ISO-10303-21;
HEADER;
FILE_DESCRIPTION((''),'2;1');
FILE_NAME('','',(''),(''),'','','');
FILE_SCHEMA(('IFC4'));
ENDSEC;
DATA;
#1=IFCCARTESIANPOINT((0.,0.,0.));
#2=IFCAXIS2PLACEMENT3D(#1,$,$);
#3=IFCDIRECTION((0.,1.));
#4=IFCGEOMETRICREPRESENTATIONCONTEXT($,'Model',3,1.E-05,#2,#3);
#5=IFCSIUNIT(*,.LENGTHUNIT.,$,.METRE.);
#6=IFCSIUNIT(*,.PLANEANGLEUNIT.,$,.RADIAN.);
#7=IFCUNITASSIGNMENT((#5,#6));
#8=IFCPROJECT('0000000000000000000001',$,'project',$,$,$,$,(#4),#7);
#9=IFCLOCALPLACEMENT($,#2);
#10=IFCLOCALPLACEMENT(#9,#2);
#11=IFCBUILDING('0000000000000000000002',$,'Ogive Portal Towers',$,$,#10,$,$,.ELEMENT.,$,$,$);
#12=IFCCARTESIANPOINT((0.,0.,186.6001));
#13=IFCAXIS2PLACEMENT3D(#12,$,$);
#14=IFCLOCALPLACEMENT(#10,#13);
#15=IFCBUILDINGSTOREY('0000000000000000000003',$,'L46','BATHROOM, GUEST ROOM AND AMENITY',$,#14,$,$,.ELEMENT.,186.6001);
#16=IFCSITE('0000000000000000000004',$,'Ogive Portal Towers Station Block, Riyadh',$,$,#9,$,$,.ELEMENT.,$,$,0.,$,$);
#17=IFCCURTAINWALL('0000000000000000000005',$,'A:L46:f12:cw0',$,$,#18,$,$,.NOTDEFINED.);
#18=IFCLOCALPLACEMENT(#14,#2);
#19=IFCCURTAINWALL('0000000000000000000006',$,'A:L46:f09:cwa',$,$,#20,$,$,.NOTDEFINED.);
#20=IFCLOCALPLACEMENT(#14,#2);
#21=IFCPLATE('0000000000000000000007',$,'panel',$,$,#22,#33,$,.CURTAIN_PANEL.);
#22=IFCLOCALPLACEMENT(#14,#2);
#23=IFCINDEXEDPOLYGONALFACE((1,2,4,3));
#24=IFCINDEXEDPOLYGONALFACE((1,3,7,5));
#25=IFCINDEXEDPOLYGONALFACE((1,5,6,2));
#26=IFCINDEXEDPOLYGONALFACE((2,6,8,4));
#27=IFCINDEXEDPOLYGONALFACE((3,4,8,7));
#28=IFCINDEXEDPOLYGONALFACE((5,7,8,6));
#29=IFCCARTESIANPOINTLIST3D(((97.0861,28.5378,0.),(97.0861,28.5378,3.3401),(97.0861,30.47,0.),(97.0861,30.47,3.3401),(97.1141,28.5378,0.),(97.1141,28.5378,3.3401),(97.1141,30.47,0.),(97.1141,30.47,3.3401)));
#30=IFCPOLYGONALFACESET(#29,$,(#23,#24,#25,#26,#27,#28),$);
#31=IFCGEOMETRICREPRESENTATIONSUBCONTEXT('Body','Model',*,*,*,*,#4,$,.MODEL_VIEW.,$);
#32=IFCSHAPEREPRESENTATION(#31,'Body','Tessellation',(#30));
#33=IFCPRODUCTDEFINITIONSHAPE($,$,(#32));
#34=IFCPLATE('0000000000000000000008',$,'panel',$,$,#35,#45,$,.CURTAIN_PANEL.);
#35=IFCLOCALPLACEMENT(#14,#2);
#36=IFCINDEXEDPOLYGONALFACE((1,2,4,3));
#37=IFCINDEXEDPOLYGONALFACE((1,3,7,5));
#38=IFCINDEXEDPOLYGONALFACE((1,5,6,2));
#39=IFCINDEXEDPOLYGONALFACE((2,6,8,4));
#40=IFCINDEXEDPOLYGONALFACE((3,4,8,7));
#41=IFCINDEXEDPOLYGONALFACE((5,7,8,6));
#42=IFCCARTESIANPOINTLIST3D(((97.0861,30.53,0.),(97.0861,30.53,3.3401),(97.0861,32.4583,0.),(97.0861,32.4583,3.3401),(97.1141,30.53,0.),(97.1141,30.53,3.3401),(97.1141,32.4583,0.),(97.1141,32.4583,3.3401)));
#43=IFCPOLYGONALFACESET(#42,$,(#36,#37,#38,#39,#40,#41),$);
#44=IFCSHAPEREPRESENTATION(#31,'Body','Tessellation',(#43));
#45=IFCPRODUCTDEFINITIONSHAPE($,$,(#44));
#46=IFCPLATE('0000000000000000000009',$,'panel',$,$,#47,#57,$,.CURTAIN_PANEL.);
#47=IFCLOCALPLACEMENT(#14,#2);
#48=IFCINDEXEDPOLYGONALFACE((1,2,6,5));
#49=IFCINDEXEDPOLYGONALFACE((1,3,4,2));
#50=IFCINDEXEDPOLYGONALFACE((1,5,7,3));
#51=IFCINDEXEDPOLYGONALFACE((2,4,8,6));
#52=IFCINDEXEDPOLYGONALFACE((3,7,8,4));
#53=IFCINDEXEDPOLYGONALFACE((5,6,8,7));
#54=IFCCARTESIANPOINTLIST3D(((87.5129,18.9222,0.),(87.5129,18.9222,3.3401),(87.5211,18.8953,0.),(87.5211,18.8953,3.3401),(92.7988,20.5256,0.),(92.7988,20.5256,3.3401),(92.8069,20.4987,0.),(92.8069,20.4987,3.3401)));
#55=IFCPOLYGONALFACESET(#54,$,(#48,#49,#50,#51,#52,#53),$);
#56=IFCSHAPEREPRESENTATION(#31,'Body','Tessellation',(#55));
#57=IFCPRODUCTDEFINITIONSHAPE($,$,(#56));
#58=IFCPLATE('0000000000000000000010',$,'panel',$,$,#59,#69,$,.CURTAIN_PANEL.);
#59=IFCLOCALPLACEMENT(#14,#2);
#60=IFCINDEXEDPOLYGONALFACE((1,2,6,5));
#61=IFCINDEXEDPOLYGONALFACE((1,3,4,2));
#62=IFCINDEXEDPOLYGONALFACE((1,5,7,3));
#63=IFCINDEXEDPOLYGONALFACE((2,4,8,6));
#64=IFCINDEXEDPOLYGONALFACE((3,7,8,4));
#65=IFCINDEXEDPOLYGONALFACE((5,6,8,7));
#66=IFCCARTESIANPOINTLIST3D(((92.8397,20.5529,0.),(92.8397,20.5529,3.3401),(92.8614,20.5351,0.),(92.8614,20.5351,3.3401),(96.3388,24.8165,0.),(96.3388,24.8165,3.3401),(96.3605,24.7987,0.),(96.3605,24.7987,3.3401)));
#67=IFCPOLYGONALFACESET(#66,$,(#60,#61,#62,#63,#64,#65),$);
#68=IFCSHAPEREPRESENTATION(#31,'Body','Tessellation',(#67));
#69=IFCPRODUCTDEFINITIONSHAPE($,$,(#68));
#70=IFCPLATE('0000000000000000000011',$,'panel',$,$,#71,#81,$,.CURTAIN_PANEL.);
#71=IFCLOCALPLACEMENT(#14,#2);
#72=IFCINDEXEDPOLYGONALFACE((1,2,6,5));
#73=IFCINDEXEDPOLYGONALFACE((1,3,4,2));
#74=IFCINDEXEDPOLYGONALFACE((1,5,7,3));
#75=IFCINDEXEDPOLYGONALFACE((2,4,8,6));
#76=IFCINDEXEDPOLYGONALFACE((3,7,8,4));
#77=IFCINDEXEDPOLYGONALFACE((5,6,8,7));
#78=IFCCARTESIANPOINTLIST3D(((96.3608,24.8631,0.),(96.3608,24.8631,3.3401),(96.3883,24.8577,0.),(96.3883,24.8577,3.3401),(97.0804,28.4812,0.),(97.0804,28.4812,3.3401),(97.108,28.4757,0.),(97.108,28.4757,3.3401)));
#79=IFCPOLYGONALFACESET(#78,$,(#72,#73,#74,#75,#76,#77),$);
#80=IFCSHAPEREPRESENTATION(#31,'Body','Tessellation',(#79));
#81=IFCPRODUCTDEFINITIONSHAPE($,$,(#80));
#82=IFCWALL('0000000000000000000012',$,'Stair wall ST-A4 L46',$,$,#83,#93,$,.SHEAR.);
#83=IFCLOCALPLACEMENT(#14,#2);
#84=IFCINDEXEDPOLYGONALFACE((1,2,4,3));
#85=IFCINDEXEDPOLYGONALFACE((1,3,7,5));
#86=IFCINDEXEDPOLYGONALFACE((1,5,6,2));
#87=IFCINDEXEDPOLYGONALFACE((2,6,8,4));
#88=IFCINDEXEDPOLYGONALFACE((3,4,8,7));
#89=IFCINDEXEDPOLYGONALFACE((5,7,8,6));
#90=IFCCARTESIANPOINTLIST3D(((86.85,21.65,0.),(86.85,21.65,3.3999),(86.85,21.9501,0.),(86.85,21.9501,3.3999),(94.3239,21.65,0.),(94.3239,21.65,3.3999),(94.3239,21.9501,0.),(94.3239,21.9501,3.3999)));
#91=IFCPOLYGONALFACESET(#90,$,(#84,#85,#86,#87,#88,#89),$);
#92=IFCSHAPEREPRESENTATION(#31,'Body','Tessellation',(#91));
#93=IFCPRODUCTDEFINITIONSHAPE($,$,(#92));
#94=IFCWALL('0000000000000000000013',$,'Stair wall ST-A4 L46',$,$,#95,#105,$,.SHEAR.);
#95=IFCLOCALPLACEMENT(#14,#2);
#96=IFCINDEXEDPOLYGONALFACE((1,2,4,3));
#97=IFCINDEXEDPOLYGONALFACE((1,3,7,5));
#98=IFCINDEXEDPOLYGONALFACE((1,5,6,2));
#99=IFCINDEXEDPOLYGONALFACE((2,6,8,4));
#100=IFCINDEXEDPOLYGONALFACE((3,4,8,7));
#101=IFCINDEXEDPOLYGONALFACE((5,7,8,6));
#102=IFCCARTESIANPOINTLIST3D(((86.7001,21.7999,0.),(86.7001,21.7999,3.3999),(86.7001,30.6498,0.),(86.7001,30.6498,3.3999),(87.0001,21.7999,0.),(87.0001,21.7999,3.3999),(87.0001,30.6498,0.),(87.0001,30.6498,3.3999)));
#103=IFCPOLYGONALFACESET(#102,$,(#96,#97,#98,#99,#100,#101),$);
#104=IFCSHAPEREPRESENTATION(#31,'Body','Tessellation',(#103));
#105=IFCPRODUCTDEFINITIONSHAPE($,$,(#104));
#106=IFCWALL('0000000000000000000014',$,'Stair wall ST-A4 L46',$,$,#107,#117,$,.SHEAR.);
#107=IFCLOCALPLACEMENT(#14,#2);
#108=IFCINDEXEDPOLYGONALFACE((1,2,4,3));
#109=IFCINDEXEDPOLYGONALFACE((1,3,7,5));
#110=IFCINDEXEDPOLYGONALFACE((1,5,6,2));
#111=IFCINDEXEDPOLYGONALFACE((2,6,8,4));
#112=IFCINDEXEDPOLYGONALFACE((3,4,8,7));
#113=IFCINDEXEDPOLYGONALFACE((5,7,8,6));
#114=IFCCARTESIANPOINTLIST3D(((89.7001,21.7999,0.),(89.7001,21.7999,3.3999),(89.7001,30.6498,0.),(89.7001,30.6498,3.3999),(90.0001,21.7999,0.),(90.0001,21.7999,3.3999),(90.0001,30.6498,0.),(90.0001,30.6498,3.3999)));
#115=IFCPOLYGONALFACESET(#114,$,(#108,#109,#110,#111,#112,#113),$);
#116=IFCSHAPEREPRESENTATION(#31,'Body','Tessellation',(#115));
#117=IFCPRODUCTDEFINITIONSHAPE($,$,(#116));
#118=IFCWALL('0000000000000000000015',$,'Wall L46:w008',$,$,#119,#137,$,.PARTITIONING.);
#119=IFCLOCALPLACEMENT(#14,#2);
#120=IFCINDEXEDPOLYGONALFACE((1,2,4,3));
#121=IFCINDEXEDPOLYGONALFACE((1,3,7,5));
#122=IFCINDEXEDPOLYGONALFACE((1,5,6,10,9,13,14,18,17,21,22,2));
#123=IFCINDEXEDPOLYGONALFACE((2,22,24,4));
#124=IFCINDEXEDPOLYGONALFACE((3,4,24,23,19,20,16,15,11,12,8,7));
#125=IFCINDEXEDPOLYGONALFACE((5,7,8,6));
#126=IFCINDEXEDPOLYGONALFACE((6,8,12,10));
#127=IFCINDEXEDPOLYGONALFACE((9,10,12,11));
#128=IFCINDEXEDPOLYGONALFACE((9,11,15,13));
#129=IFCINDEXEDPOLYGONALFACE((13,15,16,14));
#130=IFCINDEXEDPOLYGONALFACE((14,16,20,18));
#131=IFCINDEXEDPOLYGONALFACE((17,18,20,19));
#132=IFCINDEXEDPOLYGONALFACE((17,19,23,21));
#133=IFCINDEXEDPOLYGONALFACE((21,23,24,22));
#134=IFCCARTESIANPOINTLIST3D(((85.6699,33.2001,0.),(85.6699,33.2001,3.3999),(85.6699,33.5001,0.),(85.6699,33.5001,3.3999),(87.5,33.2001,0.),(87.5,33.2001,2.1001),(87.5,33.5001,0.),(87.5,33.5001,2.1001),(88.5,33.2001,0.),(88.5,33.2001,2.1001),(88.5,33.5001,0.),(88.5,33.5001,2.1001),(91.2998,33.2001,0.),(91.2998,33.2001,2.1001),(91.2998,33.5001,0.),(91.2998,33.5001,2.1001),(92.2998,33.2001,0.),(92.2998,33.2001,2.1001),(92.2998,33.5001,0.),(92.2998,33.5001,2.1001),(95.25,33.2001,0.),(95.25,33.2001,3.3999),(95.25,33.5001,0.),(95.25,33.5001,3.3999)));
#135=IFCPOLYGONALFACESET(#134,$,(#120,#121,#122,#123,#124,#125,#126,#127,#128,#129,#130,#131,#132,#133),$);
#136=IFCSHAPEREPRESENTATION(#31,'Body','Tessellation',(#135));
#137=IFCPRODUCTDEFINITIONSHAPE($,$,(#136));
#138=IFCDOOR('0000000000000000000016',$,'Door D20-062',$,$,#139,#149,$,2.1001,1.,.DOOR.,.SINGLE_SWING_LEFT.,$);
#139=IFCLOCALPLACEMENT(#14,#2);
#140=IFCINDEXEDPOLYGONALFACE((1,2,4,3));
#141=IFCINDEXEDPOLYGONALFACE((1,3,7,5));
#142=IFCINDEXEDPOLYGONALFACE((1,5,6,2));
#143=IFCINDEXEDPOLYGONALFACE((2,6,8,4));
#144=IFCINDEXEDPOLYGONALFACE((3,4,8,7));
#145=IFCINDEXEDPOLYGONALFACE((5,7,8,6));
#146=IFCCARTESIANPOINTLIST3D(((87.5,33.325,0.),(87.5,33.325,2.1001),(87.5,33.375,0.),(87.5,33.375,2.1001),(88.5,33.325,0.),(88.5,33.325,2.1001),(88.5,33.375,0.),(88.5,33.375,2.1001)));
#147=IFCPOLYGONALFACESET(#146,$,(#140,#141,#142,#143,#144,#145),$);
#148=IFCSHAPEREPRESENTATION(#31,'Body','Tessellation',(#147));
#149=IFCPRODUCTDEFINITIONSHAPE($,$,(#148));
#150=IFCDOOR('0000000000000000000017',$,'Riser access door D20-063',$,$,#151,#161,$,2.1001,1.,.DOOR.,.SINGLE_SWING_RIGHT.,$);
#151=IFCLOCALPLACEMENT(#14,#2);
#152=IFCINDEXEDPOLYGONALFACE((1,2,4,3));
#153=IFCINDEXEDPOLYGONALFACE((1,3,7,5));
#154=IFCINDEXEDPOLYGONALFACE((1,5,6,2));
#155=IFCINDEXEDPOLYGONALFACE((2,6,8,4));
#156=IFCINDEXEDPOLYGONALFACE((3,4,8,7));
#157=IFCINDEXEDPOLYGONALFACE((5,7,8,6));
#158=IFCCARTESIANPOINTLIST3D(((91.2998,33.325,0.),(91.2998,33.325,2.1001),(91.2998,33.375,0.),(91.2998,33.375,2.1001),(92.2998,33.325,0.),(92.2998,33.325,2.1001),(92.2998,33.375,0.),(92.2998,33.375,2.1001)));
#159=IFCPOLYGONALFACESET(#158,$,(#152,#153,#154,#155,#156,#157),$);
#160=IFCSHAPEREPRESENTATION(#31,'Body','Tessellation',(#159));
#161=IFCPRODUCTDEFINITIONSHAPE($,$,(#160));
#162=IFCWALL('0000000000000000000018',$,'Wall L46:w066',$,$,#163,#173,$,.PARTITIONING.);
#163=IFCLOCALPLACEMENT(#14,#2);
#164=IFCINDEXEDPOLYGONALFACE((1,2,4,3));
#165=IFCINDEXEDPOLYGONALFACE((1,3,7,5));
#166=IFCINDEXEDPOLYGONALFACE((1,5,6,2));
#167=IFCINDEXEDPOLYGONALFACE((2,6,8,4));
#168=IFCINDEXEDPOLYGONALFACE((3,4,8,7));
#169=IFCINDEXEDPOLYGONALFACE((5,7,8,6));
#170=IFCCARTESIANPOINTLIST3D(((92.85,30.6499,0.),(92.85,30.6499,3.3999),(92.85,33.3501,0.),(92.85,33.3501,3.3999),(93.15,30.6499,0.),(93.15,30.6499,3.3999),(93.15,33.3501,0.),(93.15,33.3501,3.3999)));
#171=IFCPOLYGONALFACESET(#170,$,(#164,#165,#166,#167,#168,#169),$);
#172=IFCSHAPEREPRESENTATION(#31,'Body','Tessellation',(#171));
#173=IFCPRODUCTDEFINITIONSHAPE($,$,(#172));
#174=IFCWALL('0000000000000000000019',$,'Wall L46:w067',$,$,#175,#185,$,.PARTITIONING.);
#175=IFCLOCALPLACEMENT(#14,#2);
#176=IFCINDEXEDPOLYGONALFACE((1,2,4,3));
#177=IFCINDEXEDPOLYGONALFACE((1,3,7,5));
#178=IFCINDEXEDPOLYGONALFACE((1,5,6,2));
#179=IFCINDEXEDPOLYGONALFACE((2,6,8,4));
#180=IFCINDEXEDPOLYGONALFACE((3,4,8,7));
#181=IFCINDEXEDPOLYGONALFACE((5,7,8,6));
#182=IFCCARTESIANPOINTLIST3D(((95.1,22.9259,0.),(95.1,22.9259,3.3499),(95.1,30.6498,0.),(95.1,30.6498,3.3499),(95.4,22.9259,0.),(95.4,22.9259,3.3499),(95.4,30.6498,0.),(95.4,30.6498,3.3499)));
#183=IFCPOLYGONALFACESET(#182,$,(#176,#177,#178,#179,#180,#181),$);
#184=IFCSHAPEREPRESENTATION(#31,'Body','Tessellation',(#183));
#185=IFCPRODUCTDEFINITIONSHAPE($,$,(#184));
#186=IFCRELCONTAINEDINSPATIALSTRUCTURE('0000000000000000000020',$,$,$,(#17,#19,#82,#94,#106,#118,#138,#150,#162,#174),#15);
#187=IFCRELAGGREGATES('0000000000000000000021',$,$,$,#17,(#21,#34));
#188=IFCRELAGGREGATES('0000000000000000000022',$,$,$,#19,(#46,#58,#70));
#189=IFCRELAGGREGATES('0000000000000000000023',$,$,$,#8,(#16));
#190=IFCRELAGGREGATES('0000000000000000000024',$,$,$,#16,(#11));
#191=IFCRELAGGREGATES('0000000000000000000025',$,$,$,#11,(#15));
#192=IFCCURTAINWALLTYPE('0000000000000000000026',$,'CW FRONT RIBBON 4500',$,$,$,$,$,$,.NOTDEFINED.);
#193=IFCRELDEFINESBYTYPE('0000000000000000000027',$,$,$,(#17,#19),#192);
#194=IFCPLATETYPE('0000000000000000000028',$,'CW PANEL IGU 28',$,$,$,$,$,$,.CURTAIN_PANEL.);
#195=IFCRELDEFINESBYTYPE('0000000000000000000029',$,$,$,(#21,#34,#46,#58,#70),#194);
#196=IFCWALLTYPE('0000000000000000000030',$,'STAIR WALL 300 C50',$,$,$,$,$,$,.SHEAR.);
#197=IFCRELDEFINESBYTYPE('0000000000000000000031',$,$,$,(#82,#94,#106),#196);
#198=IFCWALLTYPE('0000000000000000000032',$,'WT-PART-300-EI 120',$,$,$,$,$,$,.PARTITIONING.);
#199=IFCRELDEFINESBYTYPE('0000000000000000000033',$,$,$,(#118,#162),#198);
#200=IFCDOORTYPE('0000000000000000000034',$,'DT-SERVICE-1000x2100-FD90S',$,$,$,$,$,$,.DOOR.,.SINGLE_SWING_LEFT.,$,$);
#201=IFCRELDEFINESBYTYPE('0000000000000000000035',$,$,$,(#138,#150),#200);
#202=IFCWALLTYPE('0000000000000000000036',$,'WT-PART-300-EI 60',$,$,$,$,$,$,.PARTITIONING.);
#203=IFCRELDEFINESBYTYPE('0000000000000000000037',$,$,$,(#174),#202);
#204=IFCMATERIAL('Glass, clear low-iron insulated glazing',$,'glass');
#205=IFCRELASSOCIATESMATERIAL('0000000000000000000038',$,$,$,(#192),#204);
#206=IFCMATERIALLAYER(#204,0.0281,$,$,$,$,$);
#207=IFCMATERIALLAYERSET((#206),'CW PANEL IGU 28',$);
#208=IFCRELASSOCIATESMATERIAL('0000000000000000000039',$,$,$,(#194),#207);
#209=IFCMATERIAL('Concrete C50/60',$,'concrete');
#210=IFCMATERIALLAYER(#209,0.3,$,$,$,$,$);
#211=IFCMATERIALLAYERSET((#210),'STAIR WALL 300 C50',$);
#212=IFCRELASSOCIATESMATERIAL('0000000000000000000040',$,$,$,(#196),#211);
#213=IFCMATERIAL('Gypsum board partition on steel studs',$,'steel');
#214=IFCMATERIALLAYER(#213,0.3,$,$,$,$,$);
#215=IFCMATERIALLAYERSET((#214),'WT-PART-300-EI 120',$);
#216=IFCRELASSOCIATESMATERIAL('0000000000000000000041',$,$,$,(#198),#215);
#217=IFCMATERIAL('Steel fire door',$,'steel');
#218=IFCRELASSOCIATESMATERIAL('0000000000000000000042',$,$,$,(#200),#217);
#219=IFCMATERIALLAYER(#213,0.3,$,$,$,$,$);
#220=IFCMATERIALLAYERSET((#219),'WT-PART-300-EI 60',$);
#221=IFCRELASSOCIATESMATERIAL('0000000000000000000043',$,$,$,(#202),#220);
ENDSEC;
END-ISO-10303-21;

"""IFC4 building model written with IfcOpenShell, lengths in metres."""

from ifc_helpers import new_model, si_unit, direction, frame, frame_2d, origin, origin_2d, place, context, subcontext, project, spatial, rectangle, extrude, material, layer, layer_set, type_object, element, fill, aggregate, save


model = new_model("IFC4")

# Units and contexts
model_context = context("Model", 3, precision=1e-05, world=origin(), true_north=direction((0.0, 1.0)))
body_context = subcontext(model_context, "Body", "Model", "MODEL_VIEW")
ifc_project = project(units=[si_unit("LENGTHUNIT", "METRE"), si_unit("PLANEANGLEUNIT", "RADIAN")], contexts=[model_context])

# Site, building, storey
site_placement = place(None, origin())
site = spatial("IfcSite", under=ifc_project, at=site_placement, Name="Ogive Portal Towers Station Block, Riyadh", CompositionType="ELEMENT", RefElevation=0.0)
building_placement = place(site_placement, origin())
building = spatial("IfcBuilding", under=site, at=building_placement, Name="Ogive Portal Towers", CompositionType="ELEMENT")
storey_placement = place(building_placement, frame((0.0, 0.0, 186.6001)))
storey = spatial("IfcBuildingStorey", under=building, at=storey_placement, Name="L46", Description="BATHROOM, GUEST ROOM AND AMENITY", CompositionType="ELEMENT", Elevation=186.6001)

# Curtain walls
ifc_material_1 = material(Name="Glass, clear low-iron insulated glazing", Category="glass")
curtain_wall_type = type_object("IfcCurtainWallType", Name="CW FRONT RIBBON 4500", PredefinedType="NOTDEFINED", material=ifc_material_1)
curtain_wall_1_placement = place(storey_placement, origin())
curtain_wall_1 = element("IfcCurtainWall", 1, at=curtain_wall_1_placement, inside=storey, type_object=curtain_wall_type, Name="A:L46:f12:cw0", PredefinedType="NOTDEFINED")
curtain_wall_2_placement = place(storey_placement, origin())
curtain_wall_2 = element("IfcCurtainWall", 2, at=curtain_wall_2_placement, inside=storey, type_object=curtain_wall_type, Name="A:L46:f09:cwa", PredefinedType="NOTDEFINED")

# Plates
ifc_layer_1 = layer(ifc_material_1, 0.0281)
ifc_layer_set_1 = layer_set([ifc_layer_1], Name="CW PANEL IGU 28")
plate_type = type_object("IfcPlateType", Name="CW PANEL IGU 28", PredefinedType="CURTAIN_PANEL", material=ifc_layer_set_1)
plate_1_placement = place(storey_placement, frame((97.1001, 29.5039, 0.0), z_axis=(0.0, 0.0, 1.0), x_axis=(0.0, 1.0, 0.0)))
plate_1 = element("IfcPlate", 3, at=plate_1_placement, type_object=plate_type, Name="panel", PredefinedType="CURTAIN_PANEL", context=body_context, shape_type="SweptSolid", body=[
    extrude(rectangle(XDim=1.9321, YDim=0.0281, at=origin_2d()), origin(), (0.0, 0.0, 1.0), 3.3401),
])
plate_2_placement = place(storey_placement, frame((97.1001, 31.4941, 0.0), z_axis=(0.0, 0.0, 1.0), x_axis=(0.0, 1.0, 0.0)))
plate_2 = element("IfcPlate", 4, at=plate_2_placement, type_object=plate_type, Name="panel", PredefinedType="CURTAIN_PANEL", context=body_context, shape_type="SweptSolid", body=[
    extrude(rectangle(XDim=1.9282, YDim=0.0281, at=origin_2d()), origin(), (0.0, 0.0, 1.0), 3.3401),
])
aggregate(curtain_wall_1, [plate_1, plate_2])
plate_3_placement = place(storey_placement, frame((90.1599, 19.7104, 0.0), z_axis=(0.0, 0.0, 1.0), x_axis=(0.95694, 0.290285, 0.0)))
plate_3 = element("IfcPlate", 5, at=plate_3_placement, type_object=plate_type, Name="panel", PredefinedType="CURTAIN_PANEL", context=body_context, shape_type="SweptSolid", body=[
    extrude(rectangle(XDim=5.5237, YDim=0.0281, at=origin_2d()), origin(), (0.0, 0.0, 1.0), 3.3401),
])
plate_4_placement = place(storey_placement, frame((94.6001, 22.6758, 0.0), z_axis=(0.0, 0.0, 1.0), x_axis=(0.634393, 0.77301, 0.0)))
plate_4 = element("IfcPlate", 6, at=plate_4_placement, type_object=plate_type, Name="panel", PredefinedType="CURTAIN_PANEL", context=body_context, shape_type="SweptSolid", body=[
    extrude(rectangle(XDim=5.5156, YDim=0.0281, at=origin_2d()), origin(), (0.0, 0.0, 1.0), 3.3401),
])
plate_5_placement = place(storey_placement, frame((96.7344, 26.6694, 0.0), z_axis=(0.0, 0.0, 1.0), x_axis=(0.19509, 0.980785, 0.0)))
plate_5 = element("IfcPlate", 7, at=plate_5_placement, type_object=plate_type, Name="panel", PredefinedType="CURTAIN_PANEL", context=body_context, shape_type="SweptSolid", body=[
    extrude(rectangle(XDim=3.689, YDim=0.0281, at=origin_2d()), origin(), (0.0, 0.0, 1.0), 3.3401),
])
aggregate(curtain_wall_2, [plate_3, plate_4, plate_5])

# Walls
ifc_material_2 = material(Name="Concrete C50/60", Category="concrete")
ifc_layer_2 = layer(ifc_material_2, 0.3)
ifc_layer_set_2 = layer_set([ifc_layer_2], Name="STAIR WALL 300 C50")
wall_type_1 = type_object("IfcWallType", Name="STAIR WALL 300 C50", PredefinedType="SHEAR", material=ifc_layer_set_2)
wall_1_placement = place(storey_placement, frame((86.8501, 21.8, 0.0), z_axis=(0.0, 0.0, 1.0), x_axis=(1.0, 0.0, 0.0)))
element("IfcWall", 8, at=wall_1_placement, inside=storey, type_object=wall_type_1, Name="Stair wall ST-A4 L46", PredefinedType="SHEAR", context=body_context, shape_type="SweptSolid", body=[
    extrude(rectangle(XDim=7.4739, YDim=0.3, at=frame_2d((3.7368, 0.0))), origin(), (0.0, 0.0, 1.0), 3.3999),
])
for number, where, z_axis, x_axis, name in (
    (9, (86.8501, 21.8, 0.0), (0.0, 0.0, 1.0), (0.0, 1.0, 0.0), "Stair wall ST-A4 L46"),
    (10, (89.8501, 21.8, 0.0), (0.0, 0.0, 1.0), (0.0, 1.0, 0.0), "Stair wall ST-A4 L46"),
):
    element("IfcWall", number, at=place(storey_placement, frame(where, z_axis=z_axis, x_axis=x_axis)), inside=storey, type_object=wall_type_1, Name=name, PredefinedType="SHEAR", context=body_context, shape_type="SweptSolid", body=[
        extrude(rectangle(XDim=8.8499, YDim=0.3, at=frame_2d((4.4248, 0.0))), origin(), (0.0, 0.0, 1.0), 3.3999),
    ])

# Wall, openings, doors
ifc_material_3 = material(Name="Gypsum board partition on steel studs", Category="steel")
ifc_layer_3 = layer(ifc_material_3, 0.3)
ifc_layer_set_3 = layer_set([ifc_layer_3], Name="WT-PART-300-EI 120")
wall_type_2 = type_object("IfcWallType", Name="WT-PART-300-EI 120", PredefinedType="PARTITIONING", material=ifc_layer_set_3)
wall_2_placement = place(storey_placement, frame((85.6699, 33.3501, 0.0), z_axis=(0.0, 0.0, 1.0), x_axis=(1.0, 0.0, 0.0)))
wall_2 = element("IfcWall", 11, at=wall_2_placement, inside=storey, type_object=wall_type_2, Name="Wall L46:w008", PredefinedType="PARTITIONING", context=body_context, shape_type="SweptSolid", body=[
    extrude(rectangle(XDim=9.5801, YDim=0.3, at=frame_2d((4.79, 0.0))), origin(), (0.0, 0.0, 1.0), 3.3999),
])
opening_1_placement = place(wall_2_placement, frame((1.8301, 0.0, 0.0)))
opening_1 = element("IfcOpeningElement", 12, at=opening_1_placement, cuts=wall_2, PredefinedType="OPENING", context=body_context, shape_type="SweptSolid", body=[
    extrude(rectangle(XDim=1.0, YDim=2.1001, at=frame_2d((0.5, 1.05))), frame((0.0, 0.1602, 0.0), z_axis=(0.0, -1.0, 0.0), x_axis=(1.0, 0.0, 0.0)), (0.0, 0.0, 1.0), 0.3201),
])
opening_2_placement = place(wall_2_placement, frame((5.6299, 0.0, 0.0)))
opening_2 = element("IfcOpeningElement", 13, at=opening_2_placement, cuts=wall_2, PredefinedType="OPENING", context=body_context, shape_type="SweptSolid", body=[
    extrude(rectangle(XDim=1.0, YDim=2.1001, at=frame_2d((0.5, 1.05))), frame((0.0, 0.1602, 0.0), z_axis=(0.0, -1.0, 0.0), x_axis=(1.0, 0.0, 0.0)), (0.0, 0.0, 1.0), 0.3201),
])
ifc_material_4 = material(Name="Steel fire door", Category="steel")
door_type = type_object("IfcDoorType", Name="DT-SERVICE-1000x2100-FD90S", OperationType="SINGLE_SWING_LEFT", PredefinedType="DOOR", material=ifc_material_4)
door_1_placement = place(opening_1_placement, origin())
door_1 = element("IfcDoor", 14, at=door_1_placement, inside=storey, type_object=door_type, Name="Door D20-062", OperationType="SINGLE_SWING_LEFT", OverallHeight=2.1001, OverallWidth=1.0, PredefinedType="DOOR", context=body_context, shape_type="SweptSolid", body=[
    extrude(rectangle(XDim=1.0, YDim=2.1001, at=frame_2d((0.5, 1.05))), frame((0.0, 0.0249, 0.0), z_axis=(0.0, -1.0, 0.0), x_axis=(1.0, 0.0, 0.0)), (0.0, 0.0, 1.0), 0.05),
])
fill(opening_1, door_1)
door_2_placement = place(opening_2_placement, origin())
door_2 = element("IfcDoor", 15, at=door_2_placement, inside=storey, type_object=door_type, Name="Riser access door D20-063", OperationType="SINGLE_SWING_RIGHT", OverallHeight=2.1001, OverallWidth=1.0, PredefinedType="DOOR", context=body_context, shape_type="SweptSolid", body=[
    extrude(rectangle(XDim=1.0, YDim=2.1001, at=frame_2d((0.5, 1.05))), frame((0.0, 0.0249, 0.0), z_axis=(0.0, -1.0, 0.0), x_axis=(1.0, 0.0, 0.0)), (0.0, 0.0, 1.0), 0.05),
])
fill(opening_2, door_2)

# Walls
wall_3_placement = place(storey_placement, frame((93.0, 30.6499, 0.0), z_axis=(0.0, 0.0, 1.0), x_axis=(0.0, 1.0, 0.0)))
element("IfcWall", 16, at=wall_3_placement, inside=storey, type_object=wall_type_2, Name="Wall L46:w066", PredefinedType="PARTITIONING", context=body_context, shape_type="SweptSolid", body=[
    extrude(rectangle(XDim=2.7002, YDim=0.3, at=frame_2d((1.3501, 0.0))), origin(), (0.0, 0.0, 1.0), 3.3999),
])
ifc_layer_4 = layer(ifc_material_3, 0.3)
ifc_layer_set_4 = layer_set([ifc_layer_4], Name="WT-PART-300-EI 60")
wall_type_3 = type_object("IfcWallType", Name="WT-PART-300-EI 60", PredefinedType="PARTITIONING", material=ifc_layer_set_4)
wall_4_placement = place(storey_placement, frame((95.25, 22.926, 0.0), z_axis=(0.0, 0.0, 1.0), x_axis=(0.0, 1.0, 0.0)))
element("IfcWall", 17, at=wall_4_placement, inside=storey, type_object=wall_type_3, Name="Wall L46:w067", PredefinedType="PARTITIONING", context=body_context, shape_type="SweptSolid", body=[
    extrude(rectangle(XDim=7.7239, YDim=0.3, at=frame_2d((3.8618, 0.0))), origin(), (0.0, 0.0, 1.0), 3.3499),
])

save(model, "model.ifc")
